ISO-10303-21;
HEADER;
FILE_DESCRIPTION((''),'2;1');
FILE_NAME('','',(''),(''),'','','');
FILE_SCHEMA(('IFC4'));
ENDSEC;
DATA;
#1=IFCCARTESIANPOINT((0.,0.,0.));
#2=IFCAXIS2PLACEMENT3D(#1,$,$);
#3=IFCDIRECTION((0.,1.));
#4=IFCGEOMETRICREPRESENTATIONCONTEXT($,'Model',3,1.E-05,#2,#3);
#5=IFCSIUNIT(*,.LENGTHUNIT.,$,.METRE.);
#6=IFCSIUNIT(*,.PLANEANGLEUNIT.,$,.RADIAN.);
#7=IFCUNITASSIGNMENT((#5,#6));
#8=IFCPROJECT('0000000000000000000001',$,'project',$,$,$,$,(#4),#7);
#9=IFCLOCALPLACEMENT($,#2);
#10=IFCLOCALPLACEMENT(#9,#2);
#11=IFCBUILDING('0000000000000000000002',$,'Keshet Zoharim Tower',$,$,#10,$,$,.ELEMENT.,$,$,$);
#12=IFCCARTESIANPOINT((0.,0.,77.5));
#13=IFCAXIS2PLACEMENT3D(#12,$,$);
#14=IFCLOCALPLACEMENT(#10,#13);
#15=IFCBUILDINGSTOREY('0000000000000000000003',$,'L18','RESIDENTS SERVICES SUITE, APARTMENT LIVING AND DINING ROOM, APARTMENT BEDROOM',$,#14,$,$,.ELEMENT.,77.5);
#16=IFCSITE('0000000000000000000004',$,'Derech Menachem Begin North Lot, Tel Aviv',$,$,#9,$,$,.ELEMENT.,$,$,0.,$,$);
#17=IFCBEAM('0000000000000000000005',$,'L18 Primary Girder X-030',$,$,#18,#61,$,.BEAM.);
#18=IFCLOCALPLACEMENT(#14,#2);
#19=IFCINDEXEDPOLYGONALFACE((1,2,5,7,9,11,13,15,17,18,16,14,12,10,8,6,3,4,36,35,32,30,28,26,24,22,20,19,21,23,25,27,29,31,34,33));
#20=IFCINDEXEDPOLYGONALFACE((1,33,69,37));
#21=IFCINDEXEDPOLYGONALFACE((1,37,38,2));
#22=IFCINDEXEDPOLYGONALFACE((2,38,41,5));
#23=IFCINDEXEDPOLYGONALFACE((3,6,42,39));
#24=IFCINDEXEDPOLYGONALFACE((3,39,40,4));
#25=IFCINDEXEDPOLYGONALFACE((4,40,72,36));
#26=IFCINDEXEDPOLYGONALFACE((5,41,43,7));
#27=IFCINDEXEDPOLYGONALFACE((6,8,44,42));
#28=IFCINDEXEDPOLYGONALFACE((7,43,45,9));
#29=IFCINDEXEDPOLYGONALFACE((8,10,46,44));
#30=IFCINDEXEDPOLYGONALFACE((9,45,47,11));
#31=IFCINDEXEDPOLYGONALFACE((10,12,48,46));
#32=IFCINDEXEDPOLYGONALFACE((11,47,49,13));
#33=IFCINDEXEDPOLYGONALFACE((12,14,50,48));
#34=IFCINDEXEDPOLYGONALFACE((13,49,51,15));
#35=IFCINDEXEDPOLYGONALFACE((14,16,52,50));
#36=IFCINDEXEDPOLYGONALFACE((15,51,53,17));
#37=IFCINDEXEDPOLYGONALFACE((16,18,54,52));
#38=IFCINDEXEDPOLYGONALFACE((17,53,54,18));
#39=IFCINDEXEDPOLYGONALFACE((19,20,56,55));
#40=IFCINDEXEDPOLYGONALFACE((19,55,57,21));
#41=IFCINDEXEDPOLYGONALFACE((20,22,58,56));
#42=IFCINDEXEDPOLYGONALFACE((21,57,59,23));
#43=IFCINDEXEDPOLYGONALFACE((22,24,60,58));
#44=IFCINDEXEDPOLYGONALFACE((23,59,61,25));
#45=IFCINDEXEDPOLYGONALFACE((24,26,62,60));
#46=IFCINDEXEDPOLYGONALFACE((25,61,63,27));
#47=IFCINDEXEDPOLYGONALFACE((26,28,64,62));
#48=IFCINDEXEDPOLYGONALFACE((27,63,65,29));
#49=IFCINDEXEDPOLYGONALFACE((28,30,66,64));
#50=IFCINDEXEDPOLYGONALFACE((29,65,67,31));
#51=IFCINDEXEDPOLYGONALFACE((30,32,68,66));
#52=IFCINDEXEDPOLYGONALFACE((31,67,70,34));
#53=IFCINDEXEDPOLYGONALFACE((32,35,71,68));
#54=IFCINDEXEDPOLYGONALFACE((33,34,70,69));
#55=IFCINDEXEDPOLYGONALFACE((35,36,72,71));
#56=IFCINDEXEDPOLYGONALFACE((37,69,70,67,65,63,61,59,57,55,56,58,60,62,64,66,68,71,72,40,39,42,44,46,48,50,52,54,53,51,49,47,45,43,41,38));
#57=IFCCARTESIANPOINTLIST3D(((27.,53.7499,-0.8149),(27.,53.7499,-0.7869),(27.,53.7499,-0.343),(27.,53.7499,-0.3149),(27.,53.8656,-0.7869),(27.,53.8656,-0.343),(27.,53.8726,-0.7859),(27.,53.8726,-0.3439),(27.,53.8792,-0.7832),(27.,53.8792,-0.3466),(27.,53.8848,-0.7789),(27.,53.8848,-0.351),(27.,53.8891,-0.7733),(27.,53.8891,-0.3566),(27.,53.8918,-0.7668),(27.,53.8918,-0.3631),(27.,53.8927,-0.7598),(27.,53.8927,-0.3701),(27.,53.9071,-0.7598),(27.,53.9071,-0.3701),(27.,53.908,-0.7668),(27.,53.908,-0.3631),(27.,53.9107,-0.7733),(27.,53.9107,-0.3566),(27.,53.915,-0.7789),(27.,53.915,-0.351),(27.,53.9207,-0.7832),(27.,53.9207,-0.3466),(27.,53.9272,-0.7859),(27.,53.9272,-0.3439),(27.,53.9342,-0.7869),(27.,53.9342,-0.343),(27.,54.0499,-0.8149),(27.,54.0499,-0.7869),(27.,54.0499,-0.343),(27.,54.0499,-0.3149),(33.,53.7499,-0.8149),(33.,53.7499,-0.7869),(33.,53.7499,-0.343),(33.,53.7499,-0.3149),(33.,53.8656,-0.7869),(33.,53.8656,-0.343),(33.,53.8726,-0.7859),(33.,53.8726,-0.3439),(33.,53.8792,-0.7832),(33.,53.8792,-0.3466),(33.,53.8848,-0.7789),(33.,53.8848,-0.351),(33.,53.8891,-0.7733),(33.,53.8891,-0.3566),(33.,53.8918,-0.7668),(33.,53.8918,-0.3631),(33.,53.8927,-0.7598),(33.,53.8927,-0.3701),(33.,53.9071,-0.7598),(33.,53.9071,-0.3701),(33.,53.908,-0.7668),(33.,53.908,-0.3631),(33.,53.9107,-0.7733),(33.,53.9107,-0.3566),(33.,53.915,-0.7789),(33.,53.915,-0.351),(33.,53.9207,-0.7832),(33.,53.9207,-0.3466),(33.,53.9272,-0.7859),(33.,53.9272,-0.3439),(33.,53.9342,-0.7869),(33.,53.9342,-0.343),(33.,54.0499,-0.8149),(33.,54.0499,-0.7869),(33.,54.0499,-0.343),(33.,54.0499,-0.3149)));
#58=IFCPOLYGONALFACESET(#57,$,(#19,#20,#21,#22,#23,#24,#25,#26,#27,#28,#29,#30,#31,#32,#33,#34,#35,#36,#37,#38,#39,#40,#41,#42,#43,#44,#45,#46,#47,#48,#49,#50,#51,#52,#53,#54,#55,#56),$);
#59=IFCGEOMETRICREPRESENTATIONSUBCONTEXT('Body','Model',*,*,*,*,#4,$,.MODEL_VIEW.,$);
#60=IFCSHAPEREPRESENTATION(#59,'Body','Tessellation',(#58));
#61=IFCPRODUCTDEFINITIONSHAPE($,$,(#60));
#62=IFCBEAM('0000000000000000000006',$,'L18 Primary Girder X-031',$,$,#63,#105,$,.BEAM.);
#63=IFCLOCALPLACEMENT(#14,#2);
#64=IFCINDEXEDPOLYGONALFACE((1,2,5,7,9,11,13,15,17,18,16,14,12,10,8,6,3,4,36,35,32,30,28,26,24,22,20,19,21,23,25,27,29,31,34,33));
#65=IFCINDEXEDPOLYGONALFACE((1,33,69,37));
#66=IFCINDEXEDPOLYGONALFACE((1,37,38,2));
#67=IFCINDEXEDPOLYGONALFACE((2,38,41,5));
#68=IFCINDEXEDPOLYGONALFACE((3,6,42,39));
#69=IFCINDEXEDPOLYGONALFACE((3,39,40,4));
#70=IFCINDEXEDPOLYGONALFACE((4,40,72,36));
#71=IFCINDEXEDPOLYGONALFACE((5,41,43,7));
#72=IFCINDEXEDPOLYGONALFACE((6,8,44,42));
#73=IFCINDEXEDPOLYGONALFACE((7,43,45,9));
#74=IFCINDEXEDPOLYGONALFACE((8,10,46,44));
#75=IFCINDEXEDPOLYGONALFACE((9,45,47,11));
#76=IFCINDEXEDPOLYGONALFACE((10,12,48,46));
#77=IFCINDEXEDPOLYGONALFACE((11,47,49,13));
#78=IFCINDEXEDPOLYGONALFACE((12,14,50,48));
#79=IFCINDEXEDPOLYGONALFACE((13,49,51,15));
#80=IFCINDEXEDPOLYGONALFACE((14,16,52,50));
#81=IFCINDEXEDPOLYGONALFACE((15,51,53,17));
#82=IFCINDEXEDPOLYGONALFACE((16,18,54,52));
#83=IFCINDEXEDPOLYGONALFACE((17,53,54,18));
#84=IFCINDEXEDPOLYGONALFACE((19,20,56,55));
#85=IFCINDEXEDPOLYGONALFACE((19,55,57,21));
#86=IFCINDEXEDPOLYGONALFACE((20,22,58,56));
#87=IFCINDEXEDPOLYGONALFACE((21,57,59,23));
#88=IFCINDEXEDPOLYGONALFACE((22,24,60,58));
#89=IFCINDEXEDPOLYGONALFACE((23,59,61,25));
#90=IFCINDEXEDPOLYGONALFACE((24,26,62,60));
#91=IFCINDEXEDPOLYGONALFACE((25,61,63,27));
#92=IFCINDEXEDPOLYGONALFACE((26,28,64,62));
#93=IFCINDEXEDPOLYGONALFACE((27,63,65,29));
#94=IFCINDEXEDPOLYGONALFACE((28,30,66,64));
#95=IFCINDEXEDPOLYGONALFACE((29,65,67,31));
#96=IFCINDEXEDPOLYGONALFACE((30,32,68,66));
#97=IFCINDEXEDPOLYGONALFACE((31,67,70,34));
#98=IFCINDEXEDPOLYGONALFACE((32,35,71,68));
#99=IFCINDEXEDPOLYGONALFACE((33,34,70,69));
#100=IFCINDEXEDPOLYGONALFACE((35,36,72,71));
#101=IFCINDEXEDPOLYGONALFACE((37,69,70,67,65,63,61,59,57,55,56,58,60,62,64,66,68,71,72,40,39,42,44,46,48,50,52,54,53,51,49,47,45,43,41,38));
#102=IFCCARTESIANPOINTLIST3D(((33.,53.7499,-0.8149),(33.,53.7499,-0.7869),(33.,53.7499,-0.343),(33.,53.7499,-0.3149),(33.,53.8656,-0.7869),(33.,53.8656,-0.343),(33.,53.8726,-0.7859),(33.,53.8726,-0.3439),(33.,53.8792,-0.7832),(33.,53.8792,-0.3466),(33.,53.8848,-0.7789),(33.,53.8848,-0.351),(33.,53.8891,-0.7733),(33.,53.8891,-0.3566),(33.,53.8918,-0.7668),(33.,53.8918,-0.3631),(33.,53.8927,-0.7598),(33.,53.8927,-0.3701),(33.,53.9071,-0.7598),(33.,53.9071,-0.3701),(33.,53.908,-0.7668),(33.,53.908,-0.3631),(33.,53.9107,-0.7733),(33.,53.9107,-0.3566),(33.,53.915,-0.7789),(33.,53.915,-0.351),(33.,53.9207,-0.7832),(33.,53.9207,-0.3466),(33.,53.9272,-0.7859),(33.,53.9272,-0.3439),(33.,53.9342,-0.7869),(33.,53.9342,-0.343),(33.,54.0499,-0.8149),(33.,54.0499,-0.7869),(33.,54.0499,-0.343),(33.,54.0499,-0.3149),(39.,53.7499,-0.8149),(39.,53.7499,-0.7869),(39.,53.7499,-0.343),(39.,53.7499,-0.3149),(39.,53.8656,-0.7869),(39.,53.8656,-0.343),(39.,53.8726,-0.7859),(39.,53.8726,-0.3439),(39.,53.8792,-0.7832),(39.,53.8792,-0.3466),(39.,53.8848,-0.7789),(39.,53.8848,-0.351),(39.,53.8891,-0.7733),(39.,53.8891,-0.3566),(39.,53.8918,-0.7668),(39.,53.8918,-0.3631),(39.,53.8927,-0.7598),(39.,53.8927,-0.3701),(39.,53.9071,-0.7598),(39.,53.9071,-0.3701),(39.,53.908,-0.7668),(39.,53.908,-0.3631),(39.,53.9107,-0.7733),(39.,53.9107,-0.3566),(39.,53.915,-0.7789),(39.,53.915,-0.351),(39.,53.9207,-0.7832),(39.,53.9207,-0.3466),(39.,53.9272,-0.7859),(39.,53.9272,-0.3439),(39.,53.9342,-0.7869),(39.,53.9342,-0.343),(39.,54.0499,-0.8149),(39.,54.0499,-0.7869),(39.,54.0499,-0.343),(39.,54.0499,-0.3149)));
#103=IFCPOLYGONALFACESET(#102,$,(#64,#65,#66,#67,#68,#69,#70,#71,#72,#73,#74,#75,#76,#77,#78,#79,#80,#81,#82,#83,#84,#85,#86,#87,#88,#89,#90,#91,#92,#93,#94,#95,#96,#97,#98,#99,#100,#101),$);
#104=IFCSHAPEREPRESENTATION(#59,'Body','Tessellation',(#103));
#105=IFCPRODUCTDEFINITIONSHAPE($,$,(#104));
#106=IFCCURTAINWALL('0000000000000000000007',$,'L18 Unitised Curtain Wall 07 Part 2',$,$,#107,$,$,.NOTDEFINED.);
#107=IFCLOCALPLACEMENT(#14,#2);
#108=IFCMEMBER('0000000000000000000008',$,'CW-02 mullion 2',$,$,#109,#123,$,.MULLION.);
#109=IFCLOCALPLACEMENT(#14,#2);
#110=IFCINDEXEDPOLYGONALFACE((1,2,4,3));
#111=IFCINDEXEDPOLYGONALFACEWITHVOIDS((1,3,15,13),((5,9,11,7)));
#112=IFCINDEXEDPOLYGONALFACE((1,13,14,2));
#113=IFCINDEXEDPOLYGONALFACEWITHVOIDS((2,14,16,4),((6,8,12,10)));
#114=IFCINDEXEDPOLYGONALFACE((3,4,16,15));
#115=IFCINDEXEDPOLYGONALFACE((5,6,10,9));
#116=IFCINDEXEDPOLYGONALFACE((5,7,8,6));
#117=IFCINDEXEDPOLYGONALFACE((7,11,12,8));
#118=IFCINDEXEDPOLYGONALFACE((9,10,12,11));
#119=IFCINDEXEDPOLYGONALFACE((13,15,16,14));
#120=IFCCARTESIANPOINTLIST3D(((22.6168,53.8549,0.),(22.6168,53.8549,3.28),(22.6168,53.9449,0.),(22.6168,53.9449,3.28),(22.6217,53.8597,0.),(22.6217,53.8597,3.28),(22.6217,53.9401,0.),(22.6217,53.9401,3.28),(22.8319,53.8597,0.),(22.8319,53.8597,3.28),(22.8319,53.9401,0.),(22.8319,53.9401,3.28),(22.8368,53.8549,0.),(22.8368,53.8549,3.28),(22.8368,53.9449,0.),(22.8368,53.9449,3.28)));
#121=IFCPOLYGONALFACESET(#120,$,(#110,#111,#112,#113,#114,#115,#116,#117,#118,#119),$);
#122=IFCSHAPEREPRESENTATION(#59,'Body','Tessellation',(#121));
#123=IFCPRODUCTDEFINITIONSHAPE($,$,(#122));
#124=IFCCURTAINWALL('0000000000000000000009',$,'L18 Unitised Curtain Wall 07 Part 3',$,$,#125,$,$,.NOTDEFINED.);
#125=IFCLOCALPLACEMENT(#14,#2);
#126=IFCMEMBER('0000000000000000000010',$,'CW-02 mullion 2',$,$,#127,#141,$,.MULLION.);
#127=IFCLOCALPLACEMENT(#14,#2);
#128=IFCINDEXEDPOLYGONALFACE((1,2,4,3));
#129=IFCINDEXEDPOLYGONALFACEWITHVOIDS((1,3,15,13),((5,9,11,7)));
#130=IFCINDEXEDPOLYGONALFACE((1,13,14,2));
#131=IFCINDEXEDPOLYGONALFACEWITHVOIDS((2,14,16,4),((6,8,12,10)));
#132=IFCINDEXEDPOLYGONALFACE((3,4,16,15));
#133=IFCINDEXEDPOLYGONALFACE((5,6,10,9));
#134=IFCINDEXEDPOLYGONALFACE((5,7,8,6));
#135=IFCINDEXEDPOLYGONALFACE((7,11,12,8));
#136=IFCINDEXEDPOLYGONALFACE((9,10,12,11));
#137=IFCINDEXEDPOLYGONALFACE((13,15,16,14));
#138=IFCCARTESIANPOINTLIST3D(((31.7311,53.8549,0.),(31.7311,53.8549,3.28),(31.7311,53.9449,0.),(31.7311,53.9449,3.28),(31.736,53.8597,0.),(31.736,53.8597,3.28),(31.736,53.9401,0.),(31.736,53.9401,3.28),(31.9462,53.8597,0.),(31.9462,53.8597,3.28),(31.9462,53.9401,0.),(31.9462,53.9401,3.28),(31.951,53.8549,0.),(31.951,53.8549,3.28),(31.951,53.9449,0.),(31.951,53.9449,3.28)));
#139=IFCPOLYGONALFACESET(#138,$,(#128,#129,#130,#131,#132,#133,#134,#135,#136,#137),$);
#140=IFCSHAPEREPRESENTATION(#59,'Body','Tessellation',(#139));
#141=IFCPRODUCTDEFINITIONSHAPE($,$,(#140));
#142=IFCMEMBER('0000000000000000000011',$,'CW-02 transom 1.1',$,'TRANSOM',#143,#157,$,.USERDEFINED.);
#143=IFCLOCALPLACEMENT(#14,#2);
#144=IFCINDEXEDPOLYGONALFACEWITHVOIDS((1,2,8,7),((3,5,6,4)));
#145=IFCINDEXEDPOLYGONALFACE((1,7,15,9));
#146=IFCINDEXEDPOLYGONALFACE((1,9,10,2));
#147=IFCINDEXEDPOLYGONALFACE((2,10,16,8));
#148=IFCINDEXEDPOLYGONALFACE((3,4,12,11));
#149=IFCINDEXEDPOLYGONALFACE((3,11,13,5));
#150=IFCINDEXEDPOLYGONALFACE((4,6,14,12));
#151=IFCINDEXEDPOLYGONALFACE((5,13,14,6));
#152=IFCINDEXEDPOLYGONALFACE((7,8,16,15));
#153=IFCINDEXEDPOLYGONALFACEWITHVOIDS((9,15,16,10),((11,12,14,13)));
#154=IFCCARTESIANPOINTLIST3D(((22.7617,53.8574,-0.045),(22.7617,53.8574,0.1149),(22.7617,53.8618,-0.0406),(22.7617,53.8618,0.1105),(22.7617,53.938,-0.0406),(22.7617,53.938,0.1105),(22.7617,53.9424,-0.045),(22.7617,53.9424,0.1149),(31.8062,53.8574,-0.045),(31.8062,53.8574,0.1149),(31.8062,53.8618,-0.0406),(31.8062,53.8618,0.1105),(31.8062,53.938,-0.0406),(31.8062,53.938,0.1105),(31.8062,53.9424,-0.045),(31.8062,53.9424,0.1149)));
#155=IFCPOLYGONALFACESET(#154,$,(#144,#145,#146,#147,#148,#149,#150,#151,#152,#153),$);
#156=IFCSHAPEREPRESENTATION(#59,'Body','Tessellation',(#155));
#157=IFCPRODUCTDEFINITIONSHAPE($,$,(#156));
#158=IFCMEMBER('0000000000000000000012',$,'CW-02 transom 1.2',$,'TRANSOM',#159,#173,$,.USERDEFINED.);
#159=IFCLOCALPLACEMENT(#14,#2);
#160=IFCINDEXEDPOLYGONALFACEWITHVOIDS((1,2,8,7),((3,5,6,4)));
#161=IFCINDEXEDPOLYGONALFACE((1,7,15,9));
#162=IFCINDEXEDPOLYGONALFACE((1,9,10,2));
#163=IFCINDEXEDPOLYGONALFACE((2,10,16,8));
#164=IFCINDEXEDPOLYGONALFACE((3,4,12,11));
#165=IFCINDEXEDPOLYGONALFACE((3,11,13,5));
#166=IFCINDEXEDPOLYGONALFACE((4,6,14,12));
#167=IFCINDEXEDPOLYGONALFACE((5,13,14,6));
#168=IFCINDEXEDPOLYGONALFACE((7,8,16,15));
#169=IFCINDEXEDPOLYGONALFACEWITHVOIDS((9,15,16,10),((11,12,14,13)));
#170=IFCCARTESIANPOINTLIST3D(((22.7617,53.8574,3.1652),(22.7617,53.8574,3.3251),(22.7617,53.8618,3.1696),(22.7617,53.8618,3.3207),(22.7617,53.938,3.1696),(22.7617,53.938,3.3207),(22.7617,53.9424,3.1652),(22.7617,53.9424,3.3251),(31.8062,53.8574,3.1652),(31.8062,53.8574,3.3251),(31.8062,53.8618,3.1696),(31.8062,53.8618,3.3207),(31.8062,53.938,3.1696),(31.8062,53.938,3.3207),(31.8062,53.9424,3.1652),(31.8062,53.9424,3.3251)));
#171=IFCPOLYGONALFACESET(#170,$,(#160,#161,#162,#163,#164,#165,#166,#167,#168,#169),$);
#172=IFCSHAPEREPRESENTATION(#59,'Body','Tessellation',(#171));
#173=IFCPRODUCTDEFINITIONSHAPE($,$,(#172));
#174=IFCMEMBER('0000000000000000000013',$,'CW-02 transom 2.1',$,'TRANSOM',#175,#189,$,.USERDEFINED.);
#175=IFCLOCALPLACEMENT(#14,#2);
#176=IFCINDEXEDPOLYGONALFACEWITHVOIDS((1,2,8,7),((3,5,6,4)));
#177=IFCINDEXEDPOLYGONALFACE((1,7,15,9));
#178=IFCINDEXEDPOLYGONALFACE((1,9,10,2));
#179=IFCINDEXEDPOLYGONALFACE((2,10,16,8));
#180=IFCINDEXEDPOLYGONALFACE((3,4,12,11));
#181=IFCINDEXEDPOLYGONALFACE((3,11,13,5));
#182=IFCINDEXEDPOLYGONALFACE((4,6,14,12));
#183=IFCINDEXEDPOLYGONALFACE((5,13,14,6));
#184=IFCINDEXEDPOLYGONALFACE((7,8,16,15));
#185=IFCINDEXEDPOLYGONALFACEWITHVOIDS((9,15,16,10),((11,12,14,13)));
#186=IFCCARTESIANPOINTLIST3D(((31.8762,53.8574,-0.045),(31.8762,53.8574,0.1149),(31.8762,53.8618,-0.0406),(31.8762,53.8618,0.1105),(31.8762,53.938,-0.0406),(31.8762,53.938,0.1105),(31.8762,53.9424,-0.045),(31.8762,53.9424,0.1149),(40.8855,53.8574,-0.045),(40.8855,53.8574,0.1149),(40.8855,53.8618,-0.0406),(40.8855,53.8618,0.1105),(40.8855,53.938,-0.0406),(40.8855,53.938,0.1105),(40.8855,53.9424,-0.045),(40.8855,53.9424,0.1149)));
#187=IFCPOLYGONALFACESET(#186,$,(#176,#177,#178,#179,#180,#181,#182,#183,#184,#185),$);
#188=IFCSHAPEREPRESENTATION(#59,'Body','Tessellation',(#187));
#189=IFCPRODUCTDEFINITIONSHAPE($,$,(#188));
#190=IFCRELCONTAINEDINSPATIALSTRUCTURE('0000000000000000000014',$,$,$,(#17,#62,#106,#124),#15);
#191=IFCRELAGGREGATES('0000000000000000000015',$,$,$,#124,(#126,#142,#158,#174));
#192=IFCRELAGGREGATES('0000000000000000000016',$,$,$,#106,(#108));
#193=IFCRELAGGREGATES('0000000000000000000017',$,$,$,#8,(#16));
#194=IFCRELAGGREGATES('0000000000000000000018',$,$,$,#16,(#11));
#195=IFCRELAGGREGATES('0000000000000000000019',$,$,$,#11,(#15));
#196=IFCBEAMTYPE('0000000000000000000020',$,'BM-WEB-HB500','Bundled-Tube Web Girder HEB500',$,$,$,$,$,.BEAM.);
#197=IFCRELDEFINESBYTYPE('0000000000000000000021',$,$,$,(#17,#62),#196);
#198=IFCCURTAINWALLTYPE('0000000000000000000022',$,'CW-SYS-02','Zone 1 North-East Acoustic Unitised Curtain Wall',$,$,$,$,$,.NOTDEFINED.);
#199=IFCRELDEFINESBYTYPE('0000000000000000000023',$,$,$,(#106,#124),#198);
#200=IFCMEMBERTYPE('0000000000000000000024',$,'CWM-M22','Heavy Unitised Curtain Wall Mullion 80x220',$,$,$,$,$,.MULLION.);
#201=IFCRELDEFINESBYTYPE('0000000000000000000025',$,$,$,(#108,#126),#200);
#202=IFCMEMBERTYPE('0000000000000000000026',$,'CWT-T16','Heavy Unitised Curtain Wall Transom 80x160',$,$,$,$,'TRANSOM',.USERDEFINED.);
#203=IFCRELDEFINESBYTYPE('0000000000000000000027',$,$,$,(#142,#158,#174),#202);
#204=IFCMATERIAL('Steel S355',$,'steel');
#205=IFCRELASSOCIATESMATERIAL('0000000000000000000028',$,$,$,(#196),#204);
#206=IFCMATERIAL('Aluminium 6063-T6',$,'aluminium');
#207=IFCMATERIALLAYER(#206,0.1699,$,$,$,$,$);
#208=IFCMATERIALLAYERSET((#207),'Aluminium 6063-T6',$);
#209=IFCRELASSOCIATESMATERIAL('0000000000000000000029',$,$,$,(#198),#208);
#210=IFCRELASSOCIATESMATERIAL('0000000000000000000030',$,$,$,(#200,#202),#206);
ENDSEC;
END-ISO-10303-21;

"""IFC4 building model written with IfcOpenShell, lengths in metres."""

from ifc_helpers import new_model, si_unit, direction, frame, origin, origin_2d, place, context, subcontext, project, spatial, hollow_rectangle, i_section, extrude, material, layer, layer_set, material_profile, profile_set, type_object, element, aggregate, save


model = new_model("IFC4")

# Units and contexts
model_context = context("Model", 3, precision=1e-05, world=origin(), true_north=direction((0.0, 1.0)))
body_context = subcontext(model_context, "Body", "Model", "MODEL_VIEW")
ifc_project = project(units=[si_unit("LENGTHUNIT", "METRE"), si_unit("PLANEANGLEUNIT", "RADIAN")], contexts=[model_context])

# Site, building, storey
site_placement = place(None, origin())
site = spatial("IfcSite", under=ifc_project, at=site_placement, Name="Derech Menachem Begin North Lot, Tel Aviv", CompositionType="ELEMENT", RefElevation=0.0)
building_placement = place(site_placement, origin())
building = spatial("IfcBuilding", under=site, at=building_placement, Name="Keshet Zoharim Tower", CompositionType="ELEMENT")
storey_placement = place(building_placement, frame((0.0, 0.0, 77.5)))
storey = spatial("IfcBuildingStorey", under=building, at=storey_placement, Name="L18", Description="RESIDENTS SERVICES SUITE, APARTMENT LIVING AND DINING ROOM, APARTMENT BEDROOM", CompositionType="ELEMENT", Elevation=77.5)

# Shared definitions
ifc_material_1 = material(Name="Steel S355", Category="steel")

# Beams
ifc_material_profile_1 = material_profile(ifc_material_1, i_section(OverallWidth=0.3, OverallDepth=0.5, WebThickness=0.0144, FlangeThickness=0.0281, FilletRadius=0.0271, at=origin_2d()), Name="HEB500")
ifc_profile_set_1 = profile_set([ifc_material_profile_1], Name="Steel S355")
beam_type = type_object("IfcBeamType", Name="BM-WEB-HB500", Description="Bundled-Tube Web Girder HEB500", PredefinedType="BEAM", material=ifc_profile_set_1)
for number, where, z_axis, x_axis, name in (
    (1, (27.0, 53.8999, -0.5649), (1.0, 0.0, 0.0), (0.0, 1.0, 0.0), "L18 Primary Girder X-030"),
    (2, (33.0, 53.8999, -0.5649), (1.0, 0.0, 0.0), (0.0, 1.0, 0.0), "L18 Primary Girder X-031"),
):
    element("IfcBeam", number, at=place(storey_placement, frame(where, z_axis=z_axis, x_axis=x_axis)), inside=storey, type_object=beam_type, Name=name, PredefinedType="BEAM", context=body_context, shape_type="SweptSolid", body=[
        extrude(i_section(OverallWidth=0.3, OverallDepth=0.5, WebThickness=0.0144, FlangeThickness=0.0281, FilletRadius=0.0271, at=origin_2d()), origin(), (0.0, 0.0, 1.0), 6.0),
    ])

# Curtain wall, member
ifc_material_2 = material(Name="Aluminium 6063-T6", Category="aluminium")
ifc_layer_1 = layer(ifc_material_2, 0.1699)
ifc_layer_set_1 = layer_set([ifc_layer_1], Name="Aluminium 6063-T6")
curtain_wall_type = type_object("IfcCurtainWallType", Name="CW-SYS-02", Description="Zone 1 North-East Acoustic Unitised Curtain Wall", PredefinedType="NOTDEFINED", material=ifc_layer_set_1)
curtain_wall_1_placement = place(storey_placement, origin())
curtain_wall_1 = element("IfcCurtainWall", 3, at=curtain_wall_1_placement, inside=storey, type_object=curtain_wall_type, Name="L18 Unitised Curtain Wall 07 Part 2", PredefinedType="NOTDEFINED")
ifc_material_profile_2 = material_profile(ifc_material_2, hollow_rectangle(XDim=0.0901, YDim=0.22, WallThickness=0.0049, at=origin_2d()), Name="MUL-90x220")
ifc_profile_set_2 = profile_set([ifc_material_profile_2], Name="Aluminium 6063-T6")
member_type_1 = type_object("IfcMemberType", Name="CWM-M22", Description="Heavy Unitised Curtain Wall Mullion 80x220", PredefinedType="MULLION", material=ifc_profile_set_2)
member_1_placement = place(storey_placement, frame((22.7268, 53.8999, 0.0), z_axis=(0.0, 0.0, 1.0), x_axis=(0.0, 1.0, 0.0)))
member_1 = element("IfcMember", 4, at=member_1_placement, type_object=member_type_1, Name="CW-02 mullion 2", PredefinedType="MULLION", context=body_context, shape_type="SweptSolid", body=[
    extrude(hollow_rectangle(XDim=0.0901, YDim=0.22, WallThickness=0.0049, at=origin_2d()), origin(), (0.0, 0.0, 1.0), 3.28),
])

# Curtain wall, members
curtain_wall_2_placement = place(storey_placement, origin())
curtain_wall_2 = element("IfcCurtainWall", 5, at=curtain_wall_2_placement, inside=storey, type_object=curtain_wall_type, Name="L18 Unitised Curtain Wall 07 Part 3", PredefinedType="NOTDEFINED")
member_2_placement = place(storey_placement, frame((31.8411, 53.8999, 0.0), z_axis=(0.0, 0.0, 1.0), x_axis=(0.0, 1.0, 0.0)))
member_2 = element("IfcMember", 6, at=member_2_placement, type_object=member_type_1, Name="CW-02 mullion 2", PredefinedType="MULLION", context=body_context, shape_type="SweptSolid", body=[
    extrude(hollow_rectangle(XDim=0.0901, YDim=0.22, WallThickness=0.0049, at=origin_2d()), origin(), (0.0, 0.0, 1.0), 3.28),
])
ifc_material_profile_3 = material_profile(ifc_material_2, hollow_rectangle(XDim=0.085, YDim=0.1599, WallThickness=0.0044, at=origin_2d()), Name="TRN-85x160")
ifc_profile_set_3 = profile_set([ifc_material_profile_3], Name="Aluminium 6063-T6")
member_type_2 = type_object("IfcMemberType", Name="CWT-T16", Description="Heavy Unitised Curtain Wall Transom 80x160", ElementType="TRANSOM", PredefinedType="USERDEFINED", material=ifc_profile_set_3)
member_3_placement = place(storey_placement, frame((22.7617, 53.8999, 0.0349), z_axis=(1.0, 0.0, 0.0), x_axis=(0.0, 1.0, 0.0)))
member_3 = element("IfcMember", 7, at=member_3_placement, type_object=member_type_2, Name="CW-02 transom 1.1", ObjectType="TRANSOM", PredefinedType="USERDEFINED", context=body_context, shape_type="SweptSolid", body=[
    extrude(hollow_rectangle(XDim=0.085, YDim=0.1599, WallThickness=0.0044, at=origin_2d()), origin(), (0.0, 0.0, 1.0), 9.0444),
])
member_4_placement = place(storey_placement, frame((22.7617, 53.8999, 3.2451), z_axis=(1.0, 0.0, 0.0), x_axis=(0.0, 1.0, 0.0)))
member_4 = element("IfcMember", 8, at=member_4_placement, type_object=member_type_2, Name="CW-02 transom 1.2", ObjectType="TRANSOM", PredefinedType="USERDEFINED", context=body_context, shape_type="SweptSolid", body=[
    extrude(hollow_rectangle(XDim=0.085, YDim=0.1599, WallThickness=0.0044, at=origin_2d()), origin(), (0.0, 0.0, 1.0), 9.0444),
])
member_5_placement = place(storey_placement, frame((31.8762, 53.8999, 0.0349), z_axis=(1.0, 0.0, 0.0), x_axis=(0.0, 1.0, 0.0)))
member_5 = element("IfcMember", 9, at=member_5_placement, type_object=member_type_2, Name="CW-02 transom 2.1", ObjectType="TRANSOM", PredefinedType="USERDEFINED", context=body_context, shape_type="SweptSolid", body=[
    extrude(hollow_rectangle(XDim=0.085, YDim=0.1599, WallThickness=0.0044, at=origin_2d()), origin(), (0.0, 0.0, 1.0), 9.0093),
])
aggregate(curtain_wall_2, [member_2, member_3, member_4, member_5])

aggregate(curtain_wall_1, [member_1])

save(model, "model.ifc")
